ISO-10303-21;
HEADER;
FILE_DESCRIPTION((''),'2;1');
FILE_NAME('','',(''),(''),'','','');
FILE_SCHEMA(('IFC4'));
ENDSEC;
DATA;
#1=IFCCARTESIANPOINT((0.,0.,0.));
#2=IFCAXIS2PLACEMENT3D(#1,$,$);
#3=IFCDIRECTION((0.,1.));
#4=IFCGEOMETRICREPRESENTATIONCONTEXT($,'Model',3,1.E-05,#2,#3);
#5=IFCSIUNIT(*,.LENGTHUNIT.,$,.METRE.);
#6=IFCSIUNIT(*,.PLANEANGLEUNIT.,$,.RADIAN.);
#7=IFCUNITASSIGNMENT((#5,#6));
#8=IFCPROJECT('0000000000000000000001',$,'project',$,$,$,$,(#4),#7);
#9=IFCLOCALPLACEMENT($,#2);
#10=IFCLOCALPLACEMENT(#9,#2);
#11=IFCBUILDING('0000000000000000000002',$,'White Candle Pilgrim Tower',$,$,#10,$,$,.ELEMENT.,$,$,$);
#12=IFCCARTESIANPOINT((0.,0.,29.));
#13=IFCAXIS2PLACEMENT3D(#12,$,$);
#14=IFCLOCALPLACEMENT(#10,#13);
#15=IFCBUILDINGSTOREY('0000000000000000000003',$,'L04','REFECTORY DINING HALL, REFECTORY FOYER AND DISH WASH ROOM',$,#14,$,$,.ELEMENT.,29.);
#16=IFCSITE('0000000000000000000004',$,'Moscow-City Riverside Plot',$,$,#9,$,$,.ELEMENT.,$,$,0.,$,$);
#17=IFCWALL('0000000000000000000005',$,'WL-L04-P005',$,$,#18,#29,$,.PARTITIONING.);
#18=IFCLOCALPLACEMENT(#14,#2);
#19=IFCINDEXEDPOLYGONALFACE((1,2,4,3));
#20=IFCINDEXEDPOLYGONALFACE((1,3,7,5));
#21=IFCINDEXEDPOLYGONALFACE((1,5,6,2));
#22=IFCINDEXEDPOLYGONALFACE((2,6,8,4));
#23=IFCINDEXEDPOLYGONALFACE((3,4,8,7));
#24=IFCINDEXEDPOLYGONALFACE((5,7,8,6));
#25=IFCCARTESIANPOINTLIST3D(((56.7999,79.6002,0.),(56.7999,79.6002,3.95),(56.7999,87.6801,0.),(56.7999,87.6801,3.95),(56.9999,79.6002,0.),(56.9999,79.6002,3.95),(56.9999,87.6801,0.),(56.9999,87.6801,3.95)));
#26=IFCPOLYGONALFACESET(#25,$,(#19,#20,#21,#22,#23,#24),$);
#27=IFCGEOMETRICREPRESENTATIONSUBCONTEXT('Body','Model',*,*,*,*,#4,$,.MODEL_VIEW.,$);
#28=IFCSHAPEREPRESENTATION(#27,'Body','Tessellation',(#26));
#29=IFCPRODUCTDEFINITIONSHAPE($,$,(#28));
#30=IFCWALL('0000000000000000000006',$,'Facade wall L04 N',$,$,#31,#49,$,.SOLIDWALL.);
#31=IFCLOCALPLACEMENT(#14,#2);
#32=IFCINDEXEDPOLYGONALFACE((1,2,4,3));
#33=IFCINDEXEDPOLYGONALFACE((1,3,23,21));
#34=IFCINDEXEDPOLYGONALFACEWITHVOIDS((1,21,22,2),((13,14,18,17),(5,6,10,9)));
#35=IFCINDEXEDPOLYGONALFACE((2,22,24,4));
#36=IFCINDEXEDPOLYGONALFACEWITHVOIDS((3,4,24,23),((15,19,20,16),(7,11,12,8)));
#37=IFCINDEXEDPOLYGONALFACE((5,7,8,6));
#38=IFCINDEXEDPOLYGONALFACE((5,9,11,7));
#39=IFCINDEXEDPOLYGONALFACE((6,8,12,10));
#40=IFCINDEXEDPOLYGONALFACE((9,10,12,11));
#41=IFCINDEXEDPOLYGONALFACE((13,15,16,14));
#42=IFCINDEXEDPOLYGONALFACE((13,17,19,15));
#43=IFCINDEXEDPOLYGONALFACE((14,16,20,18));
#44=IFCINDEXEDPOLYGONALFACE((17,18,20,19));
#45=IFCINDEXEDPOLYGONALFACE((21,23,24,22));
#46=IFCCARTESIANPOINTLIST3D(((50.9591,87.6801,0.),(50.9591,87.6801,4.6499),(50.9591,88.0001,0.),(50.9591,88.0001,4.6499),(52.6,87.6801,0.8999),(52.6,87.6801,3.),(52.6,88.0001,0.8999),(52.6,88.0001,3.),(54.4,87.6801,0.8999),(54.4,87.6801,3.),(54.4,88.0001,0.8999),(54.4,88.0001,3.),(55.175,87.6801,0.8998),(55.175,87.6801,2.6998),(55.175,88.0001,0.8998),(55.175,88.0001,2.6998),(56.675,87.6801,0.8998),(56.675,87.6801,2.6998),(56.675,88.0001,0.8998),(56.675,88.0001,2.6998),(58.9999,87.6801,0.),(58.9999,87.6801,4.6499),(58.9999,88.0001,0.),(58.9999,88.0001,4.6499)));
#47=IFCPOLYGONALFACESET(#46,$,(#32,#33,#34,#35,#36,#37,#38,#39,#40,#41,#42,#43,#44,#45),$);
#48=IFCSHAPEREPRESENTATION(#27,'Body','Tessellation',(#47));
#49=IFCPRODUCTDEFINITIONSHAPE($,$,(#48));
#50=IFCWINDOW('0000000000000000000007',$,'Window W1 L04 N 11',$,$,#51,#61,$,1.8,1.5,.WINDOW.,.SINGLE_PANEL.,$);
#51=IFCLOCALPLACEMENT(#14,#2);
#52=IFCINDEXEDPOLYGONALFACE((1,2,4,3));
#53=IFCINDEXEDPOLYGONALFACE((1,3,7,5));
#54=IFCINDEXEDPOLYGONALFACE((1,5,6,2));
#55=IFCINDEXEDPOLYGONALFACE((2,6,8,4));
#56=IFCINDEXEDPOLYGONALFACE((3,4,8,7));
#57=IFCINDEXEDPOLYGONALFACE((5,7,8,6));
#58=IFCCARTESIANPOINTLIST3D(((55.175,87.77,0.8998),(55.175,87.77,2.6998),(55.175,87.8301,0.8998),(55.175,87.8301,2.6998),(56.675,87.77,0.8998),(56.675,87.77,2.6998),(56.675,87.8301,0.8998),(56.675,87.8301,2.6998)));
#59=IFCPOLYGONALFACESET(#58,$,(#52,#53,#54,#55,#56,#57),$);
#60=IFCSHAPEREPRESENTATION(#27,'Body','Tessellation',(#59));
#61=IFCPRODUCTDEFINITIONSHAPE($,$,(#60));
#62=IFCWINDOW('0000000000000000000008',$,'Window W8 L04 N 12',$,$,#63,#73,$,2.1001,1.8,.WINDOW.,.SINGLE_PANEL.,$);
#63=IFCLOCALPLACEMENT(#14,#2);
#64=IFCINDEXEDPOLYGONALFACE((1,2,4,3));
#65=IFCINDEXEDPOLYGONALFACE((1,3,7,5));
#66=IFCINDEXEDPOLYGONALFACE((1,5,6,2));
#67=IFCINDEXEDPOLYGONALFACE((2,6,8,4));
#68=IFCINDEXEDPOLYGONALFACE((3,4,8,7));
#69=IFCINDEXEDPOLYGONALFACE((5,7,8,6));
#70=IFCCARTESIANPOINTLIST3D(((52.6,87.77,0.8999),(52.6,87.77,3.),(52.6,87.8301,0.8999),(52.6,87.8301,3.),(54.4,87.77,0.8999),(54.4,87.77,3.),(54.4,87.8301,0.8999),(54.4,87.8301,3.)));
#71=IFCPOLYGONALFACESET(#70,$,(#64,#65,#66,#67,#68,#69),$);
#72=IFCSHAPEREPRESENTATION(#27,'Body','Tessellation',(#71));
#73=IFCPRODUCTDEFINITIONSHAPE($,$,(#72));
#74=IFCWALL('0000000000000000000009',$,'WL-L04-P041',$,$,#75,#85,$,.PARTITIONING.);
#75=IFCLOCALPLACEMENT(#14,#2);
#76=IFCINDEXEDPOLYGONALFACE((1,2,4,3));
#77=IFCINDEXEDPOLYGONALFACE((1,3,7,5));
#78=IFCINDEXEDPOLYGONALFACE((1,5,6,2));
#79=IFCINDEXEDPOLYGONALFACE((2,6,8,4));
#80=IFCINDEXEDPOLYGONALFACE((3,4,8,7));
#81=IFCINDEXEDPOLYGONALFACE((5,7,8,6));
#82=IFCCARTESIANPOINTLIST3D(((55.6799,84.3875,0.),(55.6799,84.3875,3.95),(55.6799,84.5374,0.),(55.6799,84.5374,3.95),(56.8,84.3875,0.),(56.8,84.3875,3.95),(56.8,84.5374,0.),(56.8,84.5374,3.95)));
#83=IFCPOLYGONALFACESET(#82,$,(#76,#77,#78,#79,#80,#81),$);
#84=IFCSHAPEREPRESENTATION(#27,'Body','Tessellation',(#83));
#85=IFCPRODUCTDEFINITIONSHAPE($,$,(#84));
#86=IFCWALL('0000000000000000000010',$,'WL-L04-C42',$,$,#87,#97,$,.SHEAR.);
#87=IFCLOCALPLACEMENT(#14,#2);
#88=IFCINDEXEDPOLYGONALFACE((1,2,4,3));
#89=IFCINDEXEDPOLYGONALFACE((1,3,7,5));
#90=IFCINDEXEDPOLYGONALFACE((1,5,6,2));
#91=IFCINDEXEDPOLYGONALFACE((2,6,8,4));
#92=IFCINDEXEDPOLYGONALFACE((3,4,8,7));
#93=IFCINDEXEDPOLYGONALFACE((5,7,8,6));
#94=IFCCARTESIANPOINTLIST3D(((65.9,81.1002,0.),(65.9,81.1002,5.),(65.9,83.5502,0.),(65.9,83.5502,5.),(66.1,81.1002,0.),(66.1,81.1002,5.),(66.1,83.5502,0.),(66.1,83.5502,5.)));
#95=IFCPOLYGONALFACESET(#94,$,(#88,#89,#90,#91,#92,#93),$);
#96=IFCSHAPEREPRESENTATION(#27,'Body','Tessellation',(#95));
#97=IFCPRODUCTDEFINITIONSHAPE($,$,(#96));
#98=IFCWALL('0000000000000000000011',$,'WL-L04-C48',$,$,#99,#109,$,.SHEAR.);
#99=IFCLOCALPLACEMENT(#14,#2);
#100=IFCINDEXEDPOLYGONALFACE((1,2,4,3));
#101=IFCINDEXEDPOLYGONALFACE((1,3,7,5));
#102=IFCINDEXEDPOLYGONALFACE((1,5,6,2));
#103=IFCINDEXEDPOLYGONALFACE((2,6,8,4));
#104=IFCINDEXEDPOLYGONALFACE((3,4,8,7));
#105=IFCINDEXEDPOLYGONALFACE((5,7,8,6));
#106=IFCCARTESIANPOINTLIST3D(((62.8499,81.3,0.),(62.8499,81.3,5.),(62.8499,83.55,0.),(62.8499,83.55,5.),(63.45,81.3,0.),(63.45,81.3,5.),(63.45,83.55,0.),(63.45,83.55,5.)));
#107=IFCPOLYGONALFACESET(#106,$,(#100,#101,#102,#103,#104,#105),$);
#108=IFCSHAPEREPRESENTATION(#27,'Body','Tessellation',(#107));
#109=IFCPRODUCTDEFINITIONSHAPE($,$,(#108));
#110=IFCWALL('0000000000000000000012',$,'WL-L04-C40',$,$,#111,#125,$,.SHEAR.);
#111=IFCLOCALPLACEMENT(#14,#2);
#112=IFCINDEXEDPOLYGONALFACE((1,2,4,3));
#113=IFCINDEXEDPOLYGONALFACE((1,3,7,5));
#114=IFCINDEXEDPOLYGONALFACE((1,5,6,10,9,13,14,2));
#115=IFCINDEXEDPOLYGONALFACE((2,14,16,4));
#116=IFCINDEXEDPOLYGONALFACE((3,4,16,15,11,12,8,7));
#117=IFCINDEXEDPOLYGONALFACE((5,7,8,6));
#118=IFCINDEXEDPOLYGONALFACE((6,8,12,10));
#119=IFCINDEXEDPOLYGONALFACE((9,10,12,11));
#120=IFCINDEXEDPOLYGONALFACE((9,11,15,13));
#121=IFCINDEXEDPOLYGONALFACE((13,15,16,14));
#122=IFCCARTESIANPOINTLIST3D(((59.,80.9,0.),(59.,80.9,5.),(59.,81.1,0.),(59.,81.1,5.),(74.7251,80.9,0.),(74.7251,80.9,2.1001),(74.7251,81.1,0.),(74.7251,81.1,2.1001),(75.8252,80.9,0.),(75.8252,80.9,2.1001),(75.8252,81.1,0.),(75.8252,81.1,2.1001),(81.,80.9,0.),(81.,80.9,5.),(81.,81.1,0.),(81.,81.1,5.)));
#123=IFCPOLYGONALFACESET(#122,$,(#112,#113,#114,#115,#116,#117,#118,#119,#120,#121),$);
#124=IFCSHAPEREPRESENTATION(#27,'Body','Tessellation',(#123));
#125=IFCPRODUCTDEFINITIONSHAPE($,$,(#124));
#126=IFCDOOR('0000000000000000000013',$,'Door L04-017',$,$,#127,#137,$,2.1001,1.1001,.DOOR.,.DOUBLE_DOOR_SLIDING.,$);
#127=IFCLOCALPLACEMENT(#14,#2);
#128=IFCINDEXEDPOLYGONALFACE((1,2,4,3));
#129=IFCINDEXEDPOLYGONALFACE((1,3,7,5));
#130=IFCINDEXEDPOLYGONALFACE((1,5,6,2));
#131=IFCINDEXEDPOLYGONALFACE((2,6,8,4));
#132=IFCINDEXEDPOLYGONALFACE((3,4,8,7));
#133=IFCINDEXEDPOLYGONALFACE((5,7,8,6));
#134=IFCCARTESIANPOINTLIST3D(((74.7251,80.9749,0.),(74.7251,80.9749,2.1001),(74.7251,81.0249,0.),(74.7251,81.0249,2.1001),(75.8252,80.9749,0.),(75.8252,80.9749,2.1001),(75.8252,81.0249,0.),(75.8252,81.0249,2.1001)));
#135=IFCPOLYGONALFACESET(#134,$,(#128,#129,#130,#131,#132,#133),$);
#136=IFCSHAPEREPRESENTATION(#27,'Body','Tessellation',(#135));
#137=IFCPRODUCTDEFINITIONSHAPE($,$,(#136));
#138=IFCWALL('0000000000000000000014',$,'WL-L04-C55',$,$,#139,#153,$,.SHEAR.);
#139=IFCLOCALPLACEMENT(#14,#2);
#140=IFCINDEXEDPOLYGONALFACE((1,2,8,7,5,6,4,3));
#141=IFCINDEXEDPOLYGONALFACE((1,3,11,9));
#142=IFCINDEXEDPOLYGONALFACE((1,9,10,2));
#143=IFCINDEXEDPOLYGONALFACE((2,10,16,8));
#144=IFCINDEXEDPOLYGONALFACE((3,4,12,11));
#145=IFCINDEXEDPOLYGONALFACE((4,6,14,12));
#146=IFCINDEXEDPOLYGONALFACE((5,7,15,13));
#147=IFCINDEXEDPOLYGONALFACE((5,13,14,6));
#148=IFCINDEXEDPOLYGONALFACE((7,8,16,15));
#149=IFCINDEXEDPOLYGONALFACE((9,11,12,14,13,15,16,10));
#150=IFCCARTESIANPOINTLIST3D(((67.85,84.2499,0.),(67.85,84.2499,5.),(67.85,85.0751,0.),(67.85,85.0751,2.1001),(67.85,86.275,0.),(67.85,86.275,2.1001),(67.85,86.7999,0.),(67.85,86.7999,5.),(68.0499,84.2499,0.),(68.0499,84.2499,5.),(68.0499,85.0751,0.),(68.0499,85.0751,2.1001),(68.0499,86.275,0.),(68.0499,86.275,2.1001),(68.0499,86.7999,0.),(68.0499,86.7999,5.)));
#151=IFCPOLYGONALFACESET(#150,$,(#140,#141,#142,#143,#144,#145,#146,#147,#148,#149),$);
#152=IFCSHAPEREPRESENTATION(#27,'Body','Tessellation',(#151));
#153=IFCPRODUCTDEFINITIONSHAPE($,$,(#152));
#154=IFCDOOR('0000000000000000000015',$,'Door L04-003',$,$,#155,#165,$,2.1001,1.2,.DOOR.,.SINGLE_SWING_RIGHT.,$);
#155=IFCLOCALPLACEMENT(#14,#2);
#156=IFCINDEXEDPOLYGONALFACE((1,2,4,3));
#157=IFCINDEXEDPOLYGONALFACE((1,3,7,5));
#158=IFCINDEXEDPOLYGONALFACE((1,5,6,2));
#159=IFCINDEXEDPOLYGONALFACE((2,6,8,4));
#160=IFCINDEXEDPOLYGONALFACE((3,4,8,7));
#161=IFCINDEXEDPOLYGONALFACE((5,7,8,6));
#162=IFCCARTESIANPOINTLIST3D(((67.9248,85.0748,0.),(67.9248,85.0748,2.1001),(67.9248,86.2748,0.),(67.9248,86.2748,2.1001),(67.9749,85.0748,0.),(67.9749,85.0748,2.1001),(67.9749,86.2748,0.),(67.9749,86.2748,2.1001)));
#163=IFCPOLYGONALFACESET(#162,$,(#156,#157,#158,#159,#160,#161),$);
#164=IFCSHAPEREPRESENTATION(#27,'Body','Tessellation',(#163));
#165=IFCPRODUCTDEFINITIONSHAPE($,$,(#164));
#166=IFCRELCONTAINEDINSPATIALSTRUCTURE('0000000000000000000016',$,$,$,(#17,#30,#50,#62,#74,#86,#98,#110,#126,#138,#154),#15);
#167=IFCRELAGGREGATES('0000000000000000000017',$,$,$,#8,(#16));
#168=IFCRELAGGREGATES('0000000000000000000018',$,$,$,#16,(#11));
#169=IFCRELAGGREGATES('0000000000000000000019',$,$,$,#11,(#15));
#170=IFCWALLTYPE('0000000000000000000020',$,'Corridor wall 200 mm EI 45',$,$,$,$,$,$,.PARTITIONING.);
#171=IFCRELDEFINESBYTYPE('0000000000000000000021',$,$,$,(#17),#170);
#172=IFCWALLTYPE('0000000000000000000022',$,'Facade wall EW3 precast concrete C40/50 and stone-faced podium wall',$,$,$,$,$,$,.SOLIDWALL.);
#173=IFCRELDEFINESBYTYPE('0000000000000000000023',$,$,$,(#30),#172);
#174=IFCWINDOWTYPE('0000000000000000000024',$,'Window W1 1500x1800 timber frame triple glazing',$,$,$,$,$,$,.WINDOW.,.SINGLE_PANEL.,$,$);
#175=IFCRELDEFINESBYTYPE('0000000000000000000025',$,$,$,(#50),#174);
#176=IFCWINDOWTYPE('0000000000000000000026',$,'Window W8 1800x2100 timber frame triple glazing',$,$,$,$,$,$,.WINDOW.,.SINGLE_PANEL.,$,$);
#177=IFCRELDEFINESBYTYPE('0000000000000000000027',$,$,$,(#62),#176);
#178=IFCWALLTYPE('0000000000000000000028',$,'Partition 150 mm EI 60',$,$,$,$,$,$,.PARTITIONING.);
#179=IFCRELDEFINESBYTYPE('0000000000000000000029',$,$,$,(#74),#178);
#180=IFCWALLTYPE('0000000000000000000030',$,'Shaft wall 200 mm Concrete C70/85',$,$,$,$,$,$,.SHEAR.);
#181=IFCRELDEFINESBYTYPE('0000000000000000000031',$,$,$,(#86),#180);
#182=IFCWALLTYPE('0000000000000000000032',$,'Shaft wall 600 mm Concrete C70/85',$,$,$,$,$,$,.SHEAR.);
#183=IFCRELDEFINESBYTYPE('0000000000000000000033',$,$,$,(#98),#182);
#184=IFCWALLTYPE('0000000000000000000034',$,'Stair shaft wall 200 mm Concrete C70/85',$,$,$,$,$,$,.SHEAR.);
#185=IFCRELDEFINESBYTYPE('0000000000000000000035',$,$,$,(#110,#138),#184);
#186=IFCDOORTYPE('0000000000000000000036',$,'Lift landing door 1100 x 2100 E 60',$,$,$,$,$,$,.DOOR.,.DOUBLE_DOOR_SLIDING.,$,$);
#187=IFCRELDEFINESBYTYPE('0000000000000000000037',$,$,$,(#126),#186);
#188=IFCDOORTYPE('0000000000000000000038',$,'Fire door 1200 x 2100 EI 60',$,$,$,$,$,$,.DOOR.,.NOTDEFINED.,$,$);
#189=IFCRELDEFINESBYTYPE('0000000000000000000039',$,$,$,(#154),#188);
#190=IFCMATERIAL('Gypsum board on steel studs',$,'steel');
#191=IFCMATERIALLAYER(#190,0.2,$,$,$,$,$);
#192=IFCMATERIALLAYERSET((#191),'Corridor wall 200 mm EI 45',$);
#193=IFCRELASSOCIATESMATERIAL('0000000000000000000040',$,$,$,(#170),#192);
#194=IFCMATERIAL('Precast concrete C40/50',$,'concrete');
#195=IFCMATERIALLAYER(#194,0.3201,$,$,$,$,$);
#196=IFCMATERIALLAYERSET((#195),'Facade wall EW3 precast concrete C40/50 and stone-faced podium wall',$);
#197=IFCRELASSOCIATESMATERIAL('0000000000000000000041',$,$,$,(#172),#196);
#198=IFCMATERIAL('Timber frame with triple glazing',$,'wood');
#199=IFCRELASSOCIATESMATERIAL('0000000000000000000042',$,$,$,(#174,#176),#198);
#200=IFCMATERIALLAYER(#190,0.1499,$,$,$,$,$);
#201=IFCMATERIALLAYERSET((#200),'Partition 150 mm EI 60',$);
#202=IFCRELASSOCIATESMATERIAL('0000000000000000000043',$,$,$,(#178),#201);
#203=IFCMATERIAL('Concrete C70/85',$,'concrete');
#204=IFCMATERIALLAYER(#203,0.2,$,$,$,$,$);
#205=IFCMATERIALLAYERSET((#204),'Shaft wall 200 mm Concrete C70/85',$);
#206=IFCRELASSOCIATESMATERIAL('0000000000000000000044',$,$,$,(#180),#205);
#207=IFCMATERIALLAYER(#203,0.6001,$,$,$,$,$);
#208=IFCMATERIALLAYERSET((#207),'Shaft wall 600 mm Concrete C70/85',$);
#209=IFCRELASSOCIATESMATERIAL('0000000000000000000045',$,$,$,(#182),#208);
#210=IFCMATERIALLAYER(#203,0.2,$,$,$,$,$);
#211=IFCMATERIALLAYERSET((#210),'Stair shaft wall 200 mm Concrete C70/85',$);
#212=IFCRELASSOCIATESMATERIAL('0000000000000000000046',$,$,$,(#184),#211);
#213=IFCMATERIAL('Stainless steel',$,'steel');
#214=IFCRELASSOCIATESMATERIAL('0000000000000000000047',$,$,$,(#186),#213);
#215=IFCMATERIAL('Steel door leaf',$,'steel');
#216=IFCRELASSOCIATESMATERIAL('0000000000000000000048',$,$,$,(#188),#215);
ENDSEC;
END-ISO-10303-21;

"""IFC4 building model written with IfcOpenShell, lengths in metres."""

from ifc_helpers import new_model, si_unit, direction, frame, frame_2d, origin, place, context, subcontext, project, spatial, rectangle, extrude, material, layer, layer_set, type_object, element, fill, save


model = new_model("IFC4")

# Units and contexts
model_context = context("Model", 3, precision=1e-05, world=origin(), true_north=direction((0.0, 1.0)))
body_context = subcontext(model_context, "Body", "Model", "MODEL_VIEW")
ifc_project = project(units=[si_unit("LENGTHUNIT", "METRE"), si_unit("PLANEANGLEUNIT", "RADIAN")], contexts=[model_context])

# Site, building, storey
site_placement = place(None, origin())
site = spatial("IfcSite", under=ifc_project, at=site_placement, Name="Moscow-City Riverside Plot", CompositionType="ELEMENT", RefElevation=0.0)
building_placement = place(site_placement, origin())
building = spatial("IfcBuilding", under=site, at=building_placement, Name="White Candle Pilgrim Tower", CompositionType="ELEMENT")
storey_placement = place(building_placement, frame((0.0, 0.0, 29.0)))
storey = spatial("IfcBuildingStorey", under=building, at=storey_placement, Name="L04", Description="REFECTORY DINING HALL, REFECTORY FOYER AND DISH WASH ROOM", CompositionType="ELEMENT", Elevation=29.0)

# Shared definitions
ifc_material_1 = material(Name="Concrete C70/85", Category="concrete")
ifc_material_2 = material(Name="Steel door leaf", Category="steel")

# Shared definitions
ifc_material_3 = material(Name="Stainless steel", Category="steel")

# Wall
ifc_material_4 = material(Name="Gypsum board on steel studs", Category="steel")
ifc_layer_1 = layer(ifc_material_4, 0.2)
ifc_layer_set_1 = layer_set([ifc_layer_1], Name="Corridor wall 200 mm EI 45")
wall_type_1 = type_object("IfcWallType", Name="Corridor wall 200 mm EI 45", PredefinedType="PARTITIONING", material=ifc_layer_set_1)
wall_1_placement = place(storey_placement, frame((56.8999, 79.6001, 0.0), z_axis=(0.0, 0.0, 1.0), x_axis=(0.0, 1.0, 0.0)))
element("IfcWall", 1, at=wall_1_placement, inside=storey, type_object=wall_type_1, Name="WL-L04-P005", PredefinedType="PARTITIONING", context=body_context, shape_type="SweptSolid", body=[
    extrude(rectangle(XDim=8.0798, YDim=0.2, at=frame_2d((4.04, 0.0))), origin(), (0.0, 0.0, 1.0), 3.95),
])

# Wall, openings, windows
ifc_material_5 = material(Name="Precast concrete C40/50", Category="concrete")
ifc_layer_2 = layer(ifc_material_5, 0.3201)
ifc_layer_set_2 = layer_set([ifc_layer_2], Name="Facade wall EW3 precast concrete C40/50 and stone-faced podium wall")
wall_type_2 = type_object("IfcWallType", Name="Facade wall EW3 precast concrete C40/50 and stone-faced podium wall", PredefinedType="SOLIDWALL", material=ifc_layer_set_2)
wall_2_placement = place(storey_placement, frame((59.0, 87.8401, 0.0), z_axis=(0.0, 0.0, 1.0), x_axis=(-1.0, 0.0, 0.0)))
wall_2 = element("IfcWall", 2, at=wall_2_placement, inside=storey, type_object=wall_type_2, Name="Facade wall L04 N", PredefinedType="SOLIDWALL", context=body_context, shape_type="SweptSolid", body=[
    extrude(rectangle(XDim=8.0408, YDim=0.3201, at=frame_2d((4.0205, 0.0))), origin(), (0.0, 0.0, 1.0), 4.6499),
])
opening_1_placement = place(wall_2_placement, frame((2.325, 0.0, 0.8999)))
opening_1 = element("IfcOpeningElement", 3, at=opening_1_placement, cuts=wall_2, PredefinedType="OPENING", context=body_context, shape_type="SweptSolid", body=[
    extrude(rectangle(XDim=1.5, YDim=1.8, at=frame_2d((0.75, 0.8999))), frame((0.0, 0.1699, 0.0), z_axis=(0.0, -1.0, 0.0), x_axis=(1.0, 0.0, 0.0)), (0.0, 0.0, 1.0), 0.3401),
])
opening_2_placement = place(wall_2_placement, frame((4.6001, 0.0, 0.8999)))
opening_2 = element("IfcOpeningElement", 4, at=opening_2_placement, cuts=wall_2, PredefinedType="OPENING", context=body_context, shape_type="SweptSolid", body=[
    extrude(rectangle(XDim=1.8, YDim=2.1001, at=frame_2d((0.8999, 1.05))), frame((0.0, 0.1699, 0.0), z_axis=(0.0, -1.0, 0.0), x_axis=(1.0, 0.0, 0.0)), (0.0, 0.0, 1.0), 0.3401),
])
ifc_material_6 = material(Name="Timber frame with triple glazing", Category="wood")
window_type_1 = type_object("IfcWindowType", Name="Window W1 1500x1800 timber frame triple glazing", PartitioningType="SINGLE_PANEL", PredefinedType="WINDOW", material=ifc_material_6)
window_1_placement = place(opening_1_placement, origin())
window_1 = element("IfcWindow", 5, at=window_1_placement, inside=storey, type_object=window_type_1, Name="Window W1 L04 N 11", OverallHeight=1.8, OverallWidth=1.5, PartitioningType="SINGLE_PANEL", PredefinedType="WINDOW", context=body_context, shape_type="SweptSolid", body=[
    extrude(rectangle(XDim=1.5, YDim=1.8, at=frame_2d((0.75, 0.8999))), frame((0.0, 0.0701, 0.0), z_axis=(0.0, -1.0, 0.0), x_axis=(1.0, 0.0, 0.0)), (0.0, 0.0, 1.0), 0.0601),
])
fill(opening_1, window_1)
window_type_2 = type_object("IfcWindowType", Name="Window W8 1800x2100 timber frame triple glazing", PartitioningType="SINGLE_PANEL", PredefinedType="WINDOW", material=ifc_material_6)
window_2_placement = place(opening_2_placement, origin())
window_2 = element("IfcWindow", 6, at=window_2_placement, inside=storey, type_object=window_type_2, Name="Window W8 L04 N 12", OverallHeight=2.1001, OverallWidth=1.8, PartitioningType="SINGLE_PANEL", PredefinedType="WINDOW", context=body_context, shape_type="SweptSolid", body=[
    extrude(rectangle(XDim=1.8, YDim=2.1001, at=frame_2d((0.8999, 1.05))), frame((0.0, 0.0701, 0.0), z_axis=(0.0, -1.0, 0.0), x_axis=(1.0, 0.0, 0.0)), (0.0, 0.0, 1.0), 0.0601),
])
fill(opening_2, window_2)

# Walls
ifc_layer_3 = layer(ifc_material_4, 0.1499)
ifc_layer_set_3 = layer_set([ifc_layer_3], Name="Partition 150 mm EI 60")
wall_type_3 = type_object("IfcWallType", Name="Partition 150 mm EI 60", PredefinedType="PARTITIONING", material=ifc_layer_set_3)
wall_3_placement = place(storey_placement, frame((55.6799, 84.4624, 0.0), z_axis=(0.0, 0.0, 1.0), x_axis=(1.0, 0.0, 0.0)))
element("IfcWall", 7, at=wall_3_placement, inside=storey, type_object=wall_type_3, Name="WL-L04-P041", PredefinedType="PARTITIONING", context=body_context, shape_type="SweptSolid", body=[
    extrude(rectangle(XDim=1.1201, YDim=0.1499, at=frame_2d((0.5601, 0.0))), origin(), (0.0, 0.0, 1.0), 3.95),
])
ifc_layer_4 = layer(ifc_material_1, 0.2)
ifc_layer_set_4 = layer_set([ifc_layer_4], Name="Shaft wall 200 mm Concrete C70/85")
wall_type_4 = type_object("IfcWallType", Name="Shaft wall 200 mm Concrete C70/85", PredefinedType="SHEAR", material=ifc_layer_set_4)
wall_4_placement = place(storey_placement, frame((66.0, 81.1001, 0.0), z_axis=(0.0, 0.0, 1.0), x_axis=(0.0, 1.0, 0.0)))
element("IfcWall", 8, at=wall_4_placement, inside=storey, type_object=wall_type_4, Name="WL-L04-C42", PredefinedType="SHEAR", context=body_context, shape_type="SweptSolid", body=[
    extrude(rectangle(XDim=2.45, YDim=0.2, at=frame_2d((1.2251, 0.0))), origin(), (0.0, 0.0, 1.0), 5.0),
])
ifc_layer_5 = layer(ifc_material_1, 0.6001)
ifc_layer_set_5 = layer_set([ifc_layer_5], Name="Shaft wall 600 mm Concrete C70/85")
wall_type_5 = type_object("IfcWallType", Name="Shaft wall 600 mm Concrete C70/85", PredefinedType="SHEAR", material=ifc_layer_set_5)
wall_5_placement = place(storey_placement, frame((63.1499, 81.3, 0.0), z_axis=(0.0, 0.0, 1.0), x_axis=(0.0, 1.0, 0.0)))
element("IfcWall", 9, at=wall_5_placement, inside=storey, type_object=wall_type_5, Name="WL-L04-C48", PredefinedType="SHEAR", context=body_context, shape_type="SweptSolid", body=[
    extrude(rectangle(XDim=2.25, YDim=0.6001, at=frame_2d((1.125, 0.0))), origin(), (0.0, 0.0, 1.0), 5.0),
])

# Walls, openings, doors
ifc_layer_6 = layer(ifc_material_1, 0.2)
ifc_layer_set_6 = layer_set([ifc_layer_6], Name="Stair shaft wall 200 mm Concrete C70/85")
wall_type_6 = type_object("IfcWallType", Name="Stair shaft wall 200 mm Concrete C70/85", PredefinedType="SHEAR", material=ifc_layer_set_6)
wall_6_placement = place(storey_placement, frame((59.0, 81.0, 0.0), z_axis=(0.0, 0.0, 1.0), x_axis=(1.0, 0.0, 0.0)))
wall_6 = element("IfcWall", 10, at=wall_6_placement, inside=storey, type_object=wall_type_6, Name="WL-L04-C40", PredefinedType="SHEAR", context=body_context, shape_type="SweptSolid", body=[
    extrude(rectangle(XDim=22.0, YDim=0.2, at=frame_2d((11.0, 0.0))), origin(), (0.0, 0.0, 1.0), 5.0),
])
opening_3_placement = place(wall_6_placement, frame((15.7251, 0.0, 0.0)))
opening_3 = element("IfcOpeningElement", 11, at=opening_3_placement, cuts=wall_6, PredefinedType="OPENING", context=body_context, shape_type="SweptSolid", body=[
    extrude(rectangle(XDim=1.1001, YDim=2.1001, at=frame_2d((0.55, 1.05))), frame((0.0, 0.1099, 0.0), z_axis=(0.0, -1.0, 0.0), x_axis=(1.0, 0.0, 0.0)), (0.0, 0.0, 1.0), 0.22),
])
door_type_1 = type_object("IfcDoorType", Name="Lift landing door 1100 x 2100 E 60", OperationType="DOUBLE_DOOR_SLIDING", PredefinedType="DOOR", material=ifc_material_3)
door_1_placement = place(opening_3_placement, origin())
door_1 = element("IfcDoor", 12, at=door_1_placement, inside=storey, type_object=door_type_1, Name="Door L04-017", OperationType="DOUBLE_DOOR_SLIDING", OverallHeight=2.1001, OverallWidth=1.1001, PredefinedType="DOOR", context=body_context, shape_type="SweptSolid", body=[
    extrude(rectangle(XDim=1.1001, YDim=2.1001, at=frame_2d((0.55, 1.05))), frame((0.0, 0.0249, 0.0), z_axis=(0.0, -1.0, 0.0), x_axis=(1.0, 0.0, 0.0)), (0.0, 0.0, 1.0), 0.05),
])
fill(opening_3, door_1)
wall_7_placement = place(storey_placement, frame((67.95, 84.25, 0.0), z_axis=(0.0, 0.0, 1.0), x_axis=(0.0, 1.0, 0.0)))
wall_7 = element("IfcWall", 13, at=wall_7_placement, inside=storey, type_object=wall_type_6, Name="WL-L04-C55", PredefinedType="SHEAR", context=body_context, shape_type="SweptSolid", body=[
    extrude(rectangle(XDim=2.55, YDim=0.2, at=frame_2d((1.2749, 0.0))), origin(), (0.0, 0.0, 1.0), 5.0),
])
opening_4_placement = place(wall_7_placement, frame((0.825, 0.0, 0.0)))
opening_4 = element("IfcOpeningElement", 14, at=opening_4_placement, cuts=wall_7, PredefinedType="OPENING", context=body_context, shape_type="SweptSolid", body=[
    extrude(rectangle(XDim=1.2, YDim=2.1001, at=frame_2d((0.6001, 1.05))), frame((0.0, 0.1099, 0.0), z_axis=(0.0, -1.0, 0.0), x_axis=(1.0, 0.0, 0.0)), (0.0, 0.0, 1.0), 0.22),
])
door_type_2 = type_object("IfcDoorType", Name="Fire door 1200 x 2100 EI 60", OperationType="NOTDEFINED", PredefinedType="DOOR", material=ifc_material_2)
door_2_placement = place(opening_4_placement, frame((1.2, 0.0, 0.0), z_axis=(0.0, 0.0, 1.0), x_axis=(-1.0, 0.0, 0.0)))
door_2 = element("IfcDoor", 15, at=door_2_placement, inside=storey, type_object=door_type_2, Name="Door L04-003", OperationType="SINGLE_SWING_RIGHT", OverallHeight=2.1001, OverallWidth=1.2, PredefinedType="DOOR", context=body_context, shape_type="SweptSolid", body=[
    extrude(rectangle(XDim=1.2, YDim=2.1001, at=frame_2d((0.6001, 1.05))), frame((0.0, 0.0249, 0.0), z_axis=(0.0, -1.0, 0.0), x_axis=(1.0, 0.0, 0.0)), (0.0, 0.0, 1.0), 0.05),
])
fill(opening_4, door_2)

save(model, "model.ifc")
